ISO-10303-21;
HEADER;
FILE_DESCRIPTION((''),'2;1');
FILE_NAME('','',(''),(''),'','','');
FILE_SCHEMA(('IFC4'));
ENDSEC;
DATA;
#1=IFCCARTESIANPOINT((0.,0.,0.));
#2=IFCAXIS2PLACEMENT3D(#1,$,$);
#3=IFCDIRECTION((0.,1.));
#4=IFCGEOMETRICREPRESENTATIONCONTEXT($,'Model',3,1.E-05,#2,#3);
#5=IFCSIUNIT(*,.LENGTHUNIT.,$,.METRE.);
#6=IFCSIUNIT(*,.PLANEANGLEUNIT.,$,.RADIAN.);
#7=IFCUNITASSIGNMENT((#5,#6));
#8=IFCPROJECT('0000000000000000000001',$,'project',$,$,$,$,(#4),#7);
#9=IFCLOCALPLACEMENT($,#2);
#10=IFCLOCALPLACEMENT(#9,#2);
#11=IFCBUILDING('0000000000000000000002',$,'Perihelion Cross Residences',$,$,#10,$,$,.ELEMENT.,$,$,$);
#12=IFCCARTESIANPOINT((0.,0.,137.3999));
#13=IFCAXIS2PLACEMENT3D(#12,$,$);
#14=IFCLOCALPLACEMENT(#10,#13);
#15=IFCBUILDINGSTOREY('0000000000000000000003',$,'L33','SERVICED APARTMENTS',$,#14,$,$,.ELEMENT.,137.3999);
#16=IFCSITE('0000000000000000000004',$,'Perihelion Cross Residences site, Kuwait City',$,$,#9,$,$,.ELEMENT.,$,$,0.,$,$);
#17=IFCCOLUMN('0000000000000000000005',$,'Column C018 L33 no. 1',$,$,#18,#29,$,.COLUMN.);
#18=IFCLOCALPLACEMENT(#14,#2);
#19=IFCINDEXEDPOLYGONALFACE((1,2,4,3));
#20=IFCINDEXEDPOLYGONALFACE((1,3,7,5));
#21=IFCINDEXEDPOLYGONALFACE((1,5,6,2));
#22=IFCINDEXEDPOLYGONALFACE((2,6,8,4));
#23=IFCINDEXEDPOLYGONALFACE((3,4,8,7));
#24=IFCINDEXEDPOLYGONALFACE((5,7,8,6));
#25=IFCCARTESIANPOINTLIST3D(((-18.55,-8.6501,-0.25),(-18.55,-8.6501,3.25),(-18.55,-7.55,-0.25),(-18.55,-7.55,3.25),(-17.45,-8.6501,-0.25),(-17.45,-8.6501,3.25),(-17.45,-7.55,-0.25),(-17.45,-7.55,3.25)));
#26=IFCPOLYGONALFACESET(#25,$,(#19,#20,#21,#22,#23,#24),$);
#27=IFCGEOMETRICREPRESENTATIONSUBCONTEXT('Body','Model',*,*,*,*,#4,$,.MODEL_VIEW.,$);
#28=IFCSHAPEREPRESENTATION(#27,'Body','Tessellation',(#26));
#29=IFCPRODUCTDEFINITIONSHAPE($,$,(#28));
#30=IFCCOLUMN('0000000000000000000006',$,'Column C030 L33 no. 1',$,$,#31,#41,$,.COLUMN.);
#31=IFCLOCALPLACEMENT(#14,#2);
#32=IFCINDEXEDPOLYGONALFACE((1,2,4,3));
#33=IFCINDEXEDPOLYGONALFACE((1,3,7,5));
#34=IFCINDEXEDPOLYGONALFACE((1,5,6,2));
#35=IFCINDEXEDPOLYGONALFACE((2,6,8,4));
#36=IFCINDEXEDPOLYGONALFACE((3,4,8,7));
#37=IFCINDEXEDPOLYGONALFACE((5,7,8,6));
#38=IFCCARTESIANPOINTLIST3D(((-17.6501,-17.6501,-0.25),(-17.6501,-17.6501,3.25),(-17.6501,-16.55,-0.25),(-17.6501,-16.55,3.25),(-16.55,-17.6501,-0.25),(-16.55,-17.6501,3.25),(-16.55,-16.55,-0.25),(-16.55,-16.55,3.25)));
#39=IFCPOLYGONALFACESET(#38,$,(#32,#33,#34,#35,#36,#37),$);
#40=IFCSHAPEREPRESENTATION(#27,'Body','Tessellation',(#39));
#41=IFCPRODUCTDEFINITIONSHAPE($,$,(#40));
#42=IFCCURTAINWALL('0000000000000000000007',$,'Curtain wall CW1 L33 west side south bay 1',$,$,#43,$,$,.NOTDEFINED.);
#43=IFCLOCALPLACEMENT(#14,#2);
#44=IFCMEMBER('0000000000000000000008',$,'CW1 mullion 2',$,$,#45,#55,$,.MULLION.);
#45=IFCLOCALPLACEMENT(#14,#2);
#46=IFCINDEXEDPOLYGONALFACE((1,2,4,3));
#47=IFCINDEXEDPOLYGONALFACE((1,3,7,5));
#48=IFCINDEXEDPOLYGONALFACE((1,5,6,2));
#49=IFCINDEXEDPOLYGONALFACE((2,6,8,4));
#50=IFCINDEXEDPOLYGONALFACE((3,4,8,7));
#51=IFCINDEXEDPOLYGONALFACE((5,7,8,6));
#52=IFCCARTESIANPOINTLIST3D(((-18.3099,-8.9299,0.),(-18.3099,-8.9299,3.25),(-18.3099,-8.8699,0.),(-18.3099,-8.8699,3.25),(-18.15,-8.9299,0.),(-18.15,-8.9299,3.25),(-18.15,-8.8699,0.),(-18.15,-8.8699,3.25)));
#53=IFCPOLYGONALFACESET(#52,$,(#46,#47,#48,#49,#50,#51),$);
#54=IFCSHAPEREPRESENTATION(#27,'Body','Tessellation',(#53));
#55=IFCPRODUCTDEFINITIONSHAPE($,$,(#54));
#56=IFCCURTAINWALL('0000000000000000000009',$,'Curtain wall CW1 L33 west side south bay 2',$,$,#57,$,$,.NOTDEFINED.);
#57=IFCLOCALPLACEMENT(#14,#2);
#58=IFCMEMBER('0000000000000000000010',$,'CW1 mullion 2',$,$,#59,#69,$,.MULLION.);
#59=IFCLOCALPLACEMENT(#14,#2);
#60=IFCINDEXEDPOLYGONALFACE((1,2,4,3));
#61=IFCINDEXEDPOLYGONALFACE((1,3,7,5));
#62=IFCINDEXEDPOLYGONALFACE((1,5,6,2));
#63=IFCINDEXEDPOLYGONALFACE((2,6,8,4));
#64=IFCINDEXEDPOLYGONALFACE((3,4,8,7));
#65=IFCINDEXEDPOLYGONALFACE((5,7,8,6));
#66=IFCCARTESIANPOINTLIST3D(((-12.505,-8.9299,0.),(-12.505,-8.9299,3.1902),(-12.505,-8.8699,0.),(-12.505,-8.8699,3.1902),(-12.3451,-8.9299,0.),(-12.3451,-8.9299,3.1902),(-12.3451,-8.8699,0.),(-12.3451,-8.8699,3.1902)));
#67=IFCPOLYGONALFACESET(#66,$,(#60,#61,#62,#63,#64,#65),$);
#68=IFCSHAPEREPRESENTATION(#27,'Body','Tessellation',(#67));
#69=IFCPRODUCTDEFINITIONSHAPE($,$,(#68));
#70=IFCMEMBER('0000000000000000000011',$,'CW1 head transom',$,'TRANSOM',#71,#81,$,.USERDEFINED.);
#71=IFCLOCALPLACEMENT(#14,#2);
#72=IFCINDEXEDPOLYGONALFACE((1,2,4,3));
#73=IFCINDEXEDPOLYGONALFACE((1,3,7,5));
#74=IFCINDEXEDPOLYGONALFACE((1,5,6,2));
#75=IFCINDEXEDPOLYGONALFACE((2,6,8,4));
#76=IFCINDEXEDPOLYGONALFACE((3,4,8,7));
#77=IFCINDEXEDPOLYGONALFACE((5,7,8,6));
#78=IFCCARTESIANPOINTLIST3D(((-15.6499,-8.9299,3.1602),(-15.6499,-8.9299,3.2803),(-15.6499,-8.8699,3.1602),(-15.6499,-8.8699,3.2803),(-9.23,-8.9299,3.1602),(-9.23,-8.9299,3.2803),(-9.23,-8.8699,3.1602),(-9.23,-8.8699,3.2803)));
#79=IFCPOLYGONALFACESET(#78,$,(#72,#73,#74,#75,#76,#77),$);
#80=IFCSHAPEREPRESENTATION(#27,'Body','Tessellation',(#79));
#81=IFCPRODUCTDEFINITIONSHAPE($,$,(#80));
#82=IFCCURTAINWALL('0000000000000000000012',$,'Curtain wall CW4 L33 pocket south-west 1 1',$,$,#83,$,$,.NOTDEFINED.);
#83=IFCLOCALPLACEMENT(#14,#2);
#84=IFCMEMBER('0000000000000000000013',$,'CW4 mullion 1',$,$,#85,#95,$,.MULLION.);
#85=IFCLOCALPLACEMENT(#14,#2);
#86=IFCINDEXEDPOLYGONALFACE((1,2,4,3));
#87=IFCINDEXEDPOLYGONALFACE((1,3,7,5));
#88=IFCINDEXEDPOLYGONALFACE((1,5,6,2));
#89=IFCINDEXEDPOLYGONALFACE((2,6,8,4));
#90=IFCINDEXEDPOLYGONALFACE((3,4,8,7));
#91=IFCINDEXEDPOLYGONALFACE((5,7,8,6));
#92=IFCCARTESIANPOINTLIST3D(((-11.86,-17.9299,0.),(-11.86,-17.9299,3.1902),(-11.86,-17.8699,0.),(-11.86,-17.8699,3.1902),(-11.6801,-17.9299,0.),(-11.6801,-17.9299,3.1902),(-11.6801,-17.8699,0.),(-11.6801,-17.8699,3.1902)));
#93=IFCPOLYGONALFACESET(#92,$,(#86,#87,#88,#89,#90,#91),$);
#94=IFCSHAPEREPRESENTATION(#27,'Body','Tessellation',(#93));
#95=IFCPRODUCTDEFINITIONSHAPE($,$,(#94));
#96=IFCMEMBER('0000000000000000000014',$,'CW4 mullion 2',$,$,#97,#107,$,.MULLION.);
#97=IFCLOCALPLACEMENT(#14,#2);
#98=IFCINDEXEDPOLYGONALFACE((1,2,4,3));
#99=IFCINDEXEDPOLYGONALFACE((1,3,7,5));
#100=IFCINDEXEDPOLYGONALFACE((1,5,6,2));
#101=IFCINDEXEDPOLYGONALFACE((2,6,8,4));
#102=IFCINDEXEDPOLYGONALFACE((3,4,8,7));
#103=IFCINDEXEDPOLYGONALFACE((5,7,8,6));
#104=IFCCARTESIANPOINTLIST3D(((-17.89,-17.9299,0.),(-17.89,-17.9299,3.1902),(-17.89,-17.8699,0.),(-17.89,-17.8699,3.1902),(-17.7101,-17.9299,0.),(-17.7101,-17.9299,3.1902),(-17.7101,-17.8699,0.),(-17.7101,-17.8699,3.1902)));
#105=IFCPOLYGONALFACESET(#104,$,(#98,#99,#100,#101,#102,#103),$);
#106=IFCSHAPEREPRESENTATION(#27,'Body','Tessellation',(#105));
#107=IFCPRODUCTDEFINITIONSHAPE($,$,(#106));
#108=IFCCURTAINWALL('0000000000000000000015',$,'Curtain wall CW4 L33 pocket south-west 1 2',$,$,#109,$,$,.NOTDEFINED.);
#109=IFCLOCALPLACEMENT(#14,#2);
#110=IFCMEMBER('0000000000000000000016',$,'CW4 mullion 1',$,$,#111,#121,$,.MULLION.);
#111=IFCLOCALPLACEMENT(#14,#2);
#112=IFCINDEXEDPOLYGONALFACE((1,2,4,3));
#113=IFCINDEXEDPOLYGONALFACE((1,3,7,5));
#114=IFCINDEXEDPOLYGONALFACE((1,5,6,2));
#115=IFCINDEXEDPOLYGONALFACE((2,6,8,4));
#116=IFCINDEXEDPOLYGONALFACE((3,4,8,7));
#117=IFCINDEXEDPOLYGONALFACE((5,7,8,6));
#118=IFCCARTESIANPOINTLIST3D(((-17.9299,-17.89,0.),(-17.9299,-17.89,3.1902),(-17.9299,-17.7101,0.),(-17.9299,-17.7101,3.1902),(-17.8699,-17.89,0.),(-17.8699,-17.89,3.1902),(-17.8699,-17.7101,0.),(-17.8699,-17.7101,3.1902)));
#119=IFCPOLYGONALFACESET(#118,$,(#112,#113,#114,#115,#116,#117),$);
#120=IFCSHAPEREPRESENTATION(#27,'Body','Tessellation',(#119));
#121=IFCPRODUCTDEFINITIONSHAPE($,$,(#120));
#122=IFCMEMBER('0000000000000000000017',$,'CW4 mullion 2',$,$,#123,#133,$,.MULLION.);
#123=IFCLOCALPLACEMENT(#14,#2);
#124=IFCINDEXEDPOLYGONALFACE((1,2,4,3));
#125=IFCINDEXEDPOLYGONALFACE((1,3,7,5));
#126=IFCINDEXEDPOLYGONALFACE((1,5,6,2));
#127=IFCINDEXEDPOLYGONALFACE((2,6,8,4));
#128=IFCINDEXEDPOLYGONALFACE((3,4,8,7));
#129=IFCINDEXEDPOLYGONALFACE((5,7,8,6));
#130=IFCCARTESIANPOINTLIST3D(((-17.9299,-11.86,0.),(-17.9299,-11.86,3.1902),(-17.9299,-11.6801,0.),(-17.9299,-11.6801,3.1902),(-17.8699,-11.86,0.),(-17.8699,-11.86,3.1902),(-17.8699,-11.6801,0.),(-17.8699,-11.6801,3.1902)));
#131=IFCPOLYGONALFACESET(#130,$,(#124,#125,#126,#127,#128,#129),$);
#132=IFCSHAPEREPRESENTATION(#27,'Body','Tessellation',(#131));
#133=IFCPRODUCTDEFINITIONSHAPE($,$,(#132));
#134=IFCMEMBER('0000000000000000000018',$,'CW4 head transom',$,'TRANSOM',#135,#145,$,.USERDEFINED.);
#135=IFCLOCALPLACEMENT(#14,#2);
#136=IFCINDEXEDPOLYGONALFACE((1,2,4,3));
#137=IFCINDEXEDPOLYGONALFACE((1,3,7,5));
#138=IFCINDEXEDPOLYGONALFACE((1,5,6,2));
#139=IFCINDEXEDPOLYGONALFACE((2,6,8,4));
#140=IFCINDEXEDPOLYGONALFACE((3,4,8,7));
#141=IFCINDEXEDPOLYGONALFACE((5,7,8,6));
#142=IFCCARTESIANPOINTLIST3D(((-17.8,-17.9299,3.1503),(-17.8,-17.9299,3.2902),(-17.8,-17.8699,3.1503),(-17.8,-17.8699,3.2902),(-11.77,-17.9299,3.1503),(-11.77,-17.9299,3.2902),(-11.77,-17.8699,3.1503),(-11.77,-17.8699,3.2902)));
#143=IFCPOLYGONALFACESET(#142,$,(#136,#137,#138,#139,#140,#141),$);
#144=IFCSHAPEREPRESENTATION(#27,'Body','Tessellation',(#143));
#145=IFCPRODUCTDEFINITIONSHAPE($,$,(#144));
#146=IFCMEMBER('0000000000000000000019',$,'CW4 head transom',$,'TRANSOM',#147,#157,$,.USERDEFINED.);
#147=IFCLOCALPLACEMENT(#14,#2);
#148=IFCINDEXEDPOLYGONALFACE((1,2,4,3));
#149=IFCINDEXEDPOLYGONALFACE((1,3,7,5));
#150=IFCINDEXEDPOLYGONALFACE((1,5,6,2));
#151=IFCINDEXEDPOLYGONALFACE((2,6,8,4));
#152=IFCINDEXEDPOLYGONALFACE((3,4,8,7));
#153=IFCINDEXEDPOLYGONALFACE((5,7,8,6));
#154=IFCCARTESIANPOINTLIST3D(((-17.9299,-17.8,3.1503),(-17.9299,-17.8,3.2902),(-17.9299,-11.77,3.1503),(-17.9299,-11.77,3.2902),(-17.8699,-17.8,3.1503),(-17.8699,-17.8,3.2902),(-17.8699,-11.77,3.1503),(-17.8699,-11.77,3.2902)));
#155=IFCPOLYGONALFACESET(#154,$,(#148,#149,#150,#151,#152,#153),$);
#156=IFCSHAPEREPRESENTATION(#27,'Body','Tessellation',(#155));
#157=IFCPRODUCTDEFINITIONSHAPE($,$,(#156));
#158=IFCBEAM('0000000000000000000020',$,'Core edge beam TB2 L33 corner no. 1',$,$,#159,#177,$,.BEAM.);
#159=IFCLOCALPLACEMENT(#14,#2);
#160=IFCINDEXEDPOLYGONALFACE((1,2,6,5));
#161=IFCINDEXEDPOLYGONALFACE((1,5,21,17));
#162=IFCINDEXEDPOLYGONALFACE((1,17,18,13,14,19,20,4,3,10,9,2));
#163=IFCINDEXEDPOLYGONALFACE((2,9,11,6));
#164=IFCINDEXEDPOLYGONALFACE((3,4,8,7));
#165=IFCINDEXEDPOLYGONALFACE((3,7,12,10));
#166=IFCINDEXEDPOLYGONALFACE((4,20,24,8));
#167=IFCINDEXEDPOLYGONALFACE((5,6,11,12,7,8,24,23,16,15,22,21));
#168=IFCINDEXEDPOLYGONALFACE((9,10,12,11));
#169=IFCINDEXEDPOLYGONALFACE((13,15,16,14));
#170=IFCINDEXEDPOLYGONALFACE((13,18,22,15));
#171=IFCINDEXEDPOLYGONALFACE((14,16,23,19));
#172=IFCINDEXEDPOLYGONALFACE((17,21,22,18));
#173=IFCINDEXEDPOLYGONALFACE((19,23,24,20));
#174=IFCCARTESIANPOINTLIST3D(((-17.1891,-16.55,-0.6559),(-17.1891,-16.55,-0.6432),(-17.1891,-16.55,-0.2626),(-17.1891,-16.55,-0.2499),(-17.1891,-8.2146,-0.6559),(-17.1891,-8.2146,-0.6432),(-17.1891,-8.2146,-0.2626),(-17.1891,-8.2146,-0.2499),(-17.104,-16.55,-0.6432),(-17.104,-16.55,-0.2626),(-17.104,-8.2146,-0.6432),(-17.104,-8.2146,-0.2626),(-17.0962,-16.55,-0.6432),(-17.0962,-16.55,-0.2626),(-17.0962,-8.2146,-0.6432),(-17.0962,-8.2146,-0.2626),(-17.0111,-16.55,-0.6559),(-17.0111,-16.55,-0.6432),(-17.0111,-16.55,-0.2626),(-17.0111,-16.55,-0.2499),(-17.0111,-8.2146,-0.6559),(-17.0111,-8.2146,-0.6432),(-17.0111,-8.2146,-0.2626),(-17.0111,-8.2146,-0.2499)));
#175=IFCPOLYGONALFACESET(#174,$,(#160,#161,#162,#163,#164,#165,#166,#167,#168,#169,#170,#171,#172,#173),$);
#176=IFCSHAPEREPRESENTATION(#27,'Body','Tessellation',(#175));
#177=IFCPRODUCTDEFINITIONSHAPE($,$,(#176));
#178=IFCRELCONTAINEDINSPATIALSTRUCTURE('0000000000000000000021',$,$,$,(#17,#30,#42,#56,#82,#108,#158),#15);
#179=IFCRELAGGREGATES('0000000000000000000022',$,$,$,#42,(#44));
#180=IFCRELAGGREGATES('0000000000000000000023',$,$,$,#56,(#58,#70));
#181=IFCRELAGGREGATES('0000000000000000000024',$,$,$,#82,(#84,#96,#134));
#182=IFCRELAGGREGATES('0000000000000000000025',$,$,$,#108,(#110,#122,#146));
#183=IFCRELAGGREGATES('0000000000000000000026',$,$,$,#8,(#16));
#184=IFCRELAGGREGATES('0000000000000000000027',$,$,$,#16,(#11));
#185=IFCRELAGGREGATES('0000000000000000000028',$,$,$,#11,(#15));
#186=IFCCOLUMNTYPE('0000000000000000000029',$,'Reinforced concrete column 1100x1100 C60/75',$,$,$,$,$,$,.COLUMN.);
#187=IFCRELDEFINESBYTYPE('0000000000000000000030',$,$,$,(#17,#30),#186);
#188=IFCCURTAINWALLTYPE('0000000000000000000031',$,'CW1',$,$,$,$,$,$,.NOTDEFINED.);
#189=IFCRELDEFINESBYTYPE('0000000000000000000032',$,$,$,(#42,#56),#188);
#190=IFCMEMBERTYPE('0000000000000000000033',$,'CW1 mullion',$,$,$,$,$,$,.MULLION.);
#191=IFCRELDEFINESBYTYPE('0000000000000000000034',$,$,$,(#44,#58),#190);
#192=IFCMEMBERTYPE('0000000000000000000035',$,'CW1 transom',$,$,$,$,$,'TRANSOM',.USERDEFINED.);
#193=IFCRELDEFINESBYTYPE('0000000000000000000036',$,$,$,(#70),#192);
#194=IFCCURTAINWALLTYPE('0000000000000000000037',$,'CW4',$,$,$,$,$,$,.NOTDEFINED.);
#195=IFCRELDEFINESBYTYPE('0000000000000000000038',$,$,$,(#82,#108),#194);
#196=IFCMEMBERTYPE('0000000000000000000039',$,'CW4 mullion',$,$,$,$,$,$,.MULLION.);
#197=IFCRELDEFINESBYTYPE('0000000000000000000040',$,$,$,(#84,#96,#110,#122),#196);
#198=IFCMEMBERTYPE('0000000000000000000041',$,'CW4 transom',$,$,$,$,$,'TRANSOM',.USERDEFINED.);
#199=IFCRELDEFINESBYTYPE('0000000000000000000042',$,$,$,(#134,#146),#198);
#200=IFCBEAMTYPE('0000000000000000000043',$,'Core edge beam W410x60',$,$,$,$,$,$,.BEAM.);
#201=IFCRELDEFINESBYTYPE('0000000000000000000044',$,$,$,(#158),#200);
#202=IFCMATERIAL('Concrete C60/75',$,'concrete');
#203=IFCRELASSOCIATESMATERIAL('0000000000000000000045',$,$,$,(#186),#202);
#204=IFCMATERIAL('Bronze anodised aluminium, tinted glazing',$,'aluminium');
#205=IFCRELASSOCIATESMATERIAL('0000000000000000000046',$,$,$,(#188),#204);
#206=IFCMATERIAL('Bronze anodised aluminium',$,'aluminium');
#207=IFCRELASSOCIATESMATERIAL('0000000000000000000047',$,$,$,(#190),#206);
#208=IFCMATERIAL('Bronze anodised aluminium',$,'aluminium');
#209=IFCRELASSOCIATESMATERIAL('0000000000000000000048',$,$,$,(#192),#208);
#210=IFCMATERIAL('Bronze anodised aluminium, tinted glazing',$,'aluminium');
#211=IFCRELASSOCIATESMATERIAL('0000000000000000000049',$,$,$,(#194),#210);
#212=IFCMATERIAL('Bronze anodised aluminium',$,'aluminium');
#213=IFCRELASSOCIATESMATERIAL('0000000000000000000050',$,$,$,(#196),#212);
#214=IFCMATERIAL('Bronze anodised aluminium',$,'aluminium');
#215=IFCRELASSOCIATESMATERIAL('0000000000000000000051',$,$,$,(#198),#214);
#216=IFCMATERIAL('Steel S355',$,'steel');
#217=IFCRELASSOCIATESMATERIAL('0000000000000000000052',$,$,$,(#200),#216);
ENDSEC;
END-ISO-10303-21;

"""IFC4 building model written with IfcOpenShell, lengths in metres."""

from ifc_helpers import new_model, si_unit, direction, frame, origin, origin_2d, place, context, subcontext, project, spatial, rectangle, i_section, extrude, material, material_profile, profile_set, type_object, element, aggregate, save


model = new_model("IFC4")

# Units and contexts
model_context = context("Model", 3, precision=1e-05, world=origin(), true_north=direction((0.0, 1.0)))
body_context = subcontext(model_context, "Body", "Model", "MODEL_VIEW")
ifc_project = project(units=[si_unit("LENGTHUNIT", "METRE"), si_unit("PLANEANGLEUNIT", "RADIAN")], contexts=[model_context])

# Site, building, storey
site_placement = place(None, origin())
site = spatial("IfcSite", under=ifc_project, at=site_placement, Name="Perihelion Cross Residences site, Kuwait City", CompositionType="ELEMENT", RefElevation=0.0)
building_placement = place(site_placement, origin())
building = spatial("IfcBuilding", under=site, at=building_placement, Name="Perihelion Cross Residences", CompositionType="ELEMENT")
storey_placement = place(building_placement, frame((0.0, 0.0, 137.3999)))
storey = spatial("IfcBuildingStorey", under=building, at=storey_placement, Name="L33", Description="SERVICED APARTMENTS", CompositionType="ELEMENT", Elevation=137.3999)

# Columns
ifc_material_1 = material(Name="Concrete C60/75", Category="concrete")
ifc_material_profile_1 = material_profile(ifc_material_1, rectangle(XDim=1.1001, YDim=1.1001, at=origin_2d()), Name="RC 1100x1100")
ifc_profile_set_1 = profile_set([ifc_material_profile_1], Name="Concrete C60/75")
column_type = type_object("IfcColumnType", Name="Reinforced concrete column 1100x1100 C60/75", PredefinedType="COLUMN", material=ifc_profile_set_1)
for number, where, z_axis, x_axis, name in (
    (1, (-18.0, -8.1001, -0.25), (0.0, 0.0, 1.0), (1.0, 0.0, 0.0), "Column C018 L33 no. 1"),
    (2, (-17.1001, -17.1001, -0.25), (0.0, 0.0, 1.0), (1.0, 0.0, 0.0), "Column C030 L33 no. 1"),
):
    element("IfcColumn", number, at=place(storey_placement, frame(where, z_axis=z_axis, x_axis=x_axis)), inside=storey, type_object=column_type, Name=name, PredefinedType="COLUMN", context=body_context, shape_type="SweptSolid", body=[
        extrude(rectangle(XDim=1.1001, YDim=1.1001, at=origin_2d()), origin(), (0.0, 0.0, 1.0), 3.5),
    ])

# Curtain wall, member
ifc_material_2 = material(Name="Bronze anodised aluminium, tinted glazing", Category="aluminium")
curtain_wall_type_1 = type_object("IfcCurtainWallType", Name="CW1", PredefinedType="NOTDEFINED", material=ifc_material_2)
curtain_wall_1_placement = place(storey_placement, origin())
curtain_wall_1 = element("IfcCurtainWall", 3, at=curtain_wall_1_placement, inside=storey, type_object=curtain_wall_type_1, Name="Curtain wall CW1 L33 west side south bay 1", PredefinedType="NOTDEFINED")
ifc_material_3 = material(Name="Bronze anodised aluminium", Category="aluminium")
ifc_material_profile_2 = material_profile(ifc_material_3, rectangle(XDim=0.0601, YDim=0.1599, at=origin_2d()), Name="CW1 mullion")
ifc_profile_set_2 = profile_set([ifc_material_profile_2], Name="Bronze anodised aluminium")
member_type_1 = type_object("IfcMemberType", Name="CW1 mullion", PredefinedType="MULLION", material=ifc_profile_set_2)
member_1_placement = place(storey_placement, frame((-18.23, -8.8999, 0.0), z_axis=(0.0, 0.0, 1.0), x_axis=(0.0, 1.0, 0.0)))
member_1 = element("IfcMember", 4, at=member_1_placement, type_object=member_type_1, Name="CW1 mullion 2", PredefinedType="MULLION", context=body_context, shape_type="SweptSolid", body=[
    extrude(rectangle(XDim=0.0601, YDim=0.1599, at=origin_2d()), origin(), (0.0, 0.0, 1.0), 3.25),
])

# Curtain walls, members
curtain_wall_2_placement = place(storey_placement, origin())
curtain_wall_2 = element("IfcCurtainWall", 5, at=curtain_wall_2_placement, inside=storey, type_object=curtain_wall_type_1, Name="Curtain wall CW1 L33 west side south bay 2", PredefinedType="NOTDEFINED")
member_2_placement = place(storey_placement, frame((-12.425, -8.8999, 0.0), z_axis=(0.0, 0.0, 1.0), x_axis=(0.0, 1.0, 0.0)))
member_2 = element("IfcMember", 6, at=member_2_placement, type_object=member_type_1, Name="CW1 mullion 2", PredefinedType="MULLION", context=body_context, shape_type="SweptSolid", body=[
    extrude(rectangle(XDim=0.0601, YDim=0.1599, at=origin_2d()), origin(), (0.0, 0.0, 1.0), 3.1902),
])
ifc_material_4 = material(Name="Bronze anodised aluminium", Category="aluminium")
ifc_material_profile_3 = material_profile(ifc_material_4, rectangle(XDim=0.0601, YDim=0.1201, at=origin_2d()), Name="CW1 transom")
ifc_profile_set_3 = profile_set([ifc_material_profile_3], Name="Bronze anodised aluminium")
member_type_2 = type_object("IfcMemberType", Name="CW1 transom", ElementType="TRANSOM", PredefinedType="USERDEFINED", material=ifc_profile_set_3)
member_3_placement = place(storey_placement, frame((-15.6499, -8.8999, 3.2202), z_axis=(1.0, 0.0, 0.0), x_axis=(0.0, 1.0, 0.0)))
member_3 = element("IfcMember", 7, at=member_3_placement, type_object=member_type_2, Name="CW1 head transom", ObjectType="TRANSOM", PredefinedType="USERDEFINED", context=body_context, shape_type="SweptSolid", body=[
    extrude(rectangle(XDim=0.0601, YDim=0.1201, at=origin_2d()), origin(), (0.0, 0.0, 1.0), 6.4199),
])
ifc_material_5 = material(Name="Bronze anodised aluminium, tinted glazing", Category="aluminium")
curtain_wall_type_2 = type_object("IfcCurtainWallType", Name="CW4", PredefinedType="NOTDEFINED", material=ifc_material_5)
curtain_wall_3_placement = place(storey_placement, origin())
curtain_wall_3 = element("IfcCurtainWall", 8, at=curtain_wall_3_placement, inside=storey, type_object=curtain_wall_type_2, Name="Curtain wall CW4 L33 pocket south-west 1 1", PredefinedType="NOTDEFINED")
ifc_material_6 = material(Name="Bronze anodised aluminium", Category="aluminium")
ifc_material_profile_4 = material_profile(ifc_material_6, rectangle(XDim=0.0601, YDim=0.1799, at=origin_2d()), Name="CW4 mullion")
ifc_profile_set_4 = profile_set([ifc_material_profile_4], Name="Bronze anodised aluminium")
member_type_3 = type_object("IfcMemberType", Name="CW4 mullion", PredefinedType="MULLION", material=ifc_profile_set_4)
member_4_placement = place(storey_placement, frame((-11.77, -17.8999, 0.0), z_axis=(0.0, 0.0, 1.0), x_axis=(0.0, -1.0, 0.0)))
member_4 = element("IfcMember", 9, at=member_4_placement, type_object=member_type_3, Name="CW4 mullion 1", PredefinedType="MULLION", context=body_context, shape_type="SweptSolid", body=[
    extrude(rectangle(XDim=0.0601, YDim=0.1799, at=origin_2d()), origin(), (0.0, 0.0, 1.0), 3.1902),
])
member_5_placement = place(storey_placement, frame((-17.8, -17.8999, 0.0), z_axis=(0.0, 0.0, 1.0), x_axis=(0.0, -1.0, 0.0)))
member_5 = element("IfcMember", 10, at=member_5_placement, type_object=member_type_3, Name="CW4 mullion 2", PredefinedType="MULLION", context=body_context, shape_type="SweptSolid", body=[
    extrude(rectangle(XDim=0.0601, YDim=0.1799, at=origin_2d()), origin(), (0.0, 0.0, 1.0), 3.1902),
])
curtain_wall_4_placement = place(storey_placement, origin())
curtain_wall_4 = element("IfcCurtainWall", 11, at=curtain_wall_4_placement, inside=storey, type_object=curtain_wall_type_2, Name="Curtain wall CW4 L33 pocket south-west 1 2", PredefinedType="NOTDEFINED")
member_6_placement = place(storey_placement, frame((-17.8999, -17.8, 0.0), z_axis=(0.0, 0.0, 1.0), x_axis=(-1.0, 0.0, 0.0)))
member_6 = element("IfcMember", 12, at=member_6_placement, type_object=member_type_3, Name="CW4 mullion 1", PredefinedType="MULLION", context=body_context, shape_type="SweptSolid", body=[
    extrude(rectangle(XDim=0.0601, YDim=0.1799, at=origin_2d()), origin(), (0.0, 0.0, 1.0), 3.1902),
])
member_7_placement = place(storey_placement, frame((-17.8999, -11.77, 0.0), z_axis=(0.0, 0.0, 1.0), x_axis=(-1.0, 0.0, 0.0)))
member_7 = element("IfcMember", 13, at=member_7_placement, type_object=member_type_3, Name="CW4 mullion 2", PredefinedType="MULLION", context=body_context, shape_type="SweptSolid", body=[
    extrude(rectangle(XDim=0.0601, YDim=0.1799, at=origin_2d()), origin(), (0.0, 0.0, 1.0), 3.1902),
])

# Members
ifc_material_7 = material(Name="Bronze anodised aluminium", Category="aluminium")
ifc_material_profile_5 = material_profile(ifc_material_7, rectangle(XDim=0.0601, YDim=0.1399, at=origin_2d()), Name="CW4 transom")
ifc_profile_set_5 = profile_set([ifc_material_profile_5], Name="Bronze anodised aluminium")
member_type_4 = type_object("IfcMemberType", Name="CW4 transom", ElementType="TRANSOM", PredefinedType="USERDEFINED", material=ifc_profile_set_5)
member_8_placement = place(storey_placement, frame((-11.77, -17.8999, 3.2202), z_axis=(-1.0, 0.0, 0.0), x_axis=(0.0, -1.0, 0.0)))
member_8 = element("IfcMember", 14, at=member_8_placement, type_object=member_type_4, Name="CW4 head transom", ObjectType="TRANSOM", PredefinedType="USERDEFINED", context=body_context, shape_type="SweptSolid", body=[
    extrude(rectangle(XDim=0.0601, YDim=0.1399, at=origin_2d()), origin(), (0.0, 0.0, 1.0), 6.03),
])
member_9_placement = place(storey_placement, frame((-17.8999, -17.8, 3.2202), z_axis=(0.0, 1.0, 0.0), x_axis=(-1.0, 0.0, 0.0)))
member_9 = element("IfcMember", 15, at=member_9_placement, type_object=member_type_4, Name="CW4 head transom", ObjectType="TRANSOM", PredefinedType="USERDEFINED", context=body_context, shape_type="SweptSolid", body=[
    extrude(rectangle(XDim=0.0601, YDim=0.1399, at=origin_2d()), origin(), (0.0, 0.0, 1.0), 6.03),
])

# Beam
ifc_material_8 = material(Name="Steel S355", Category="steel")
ifc_material_profile_6 = material_profile(ifc_material_8, i_section(OverallWidth=0.178, OverallDepth=0.406, WebThickness=0.0078, FlangeThickness=0.0127, at=origin_2d()), Name="W410x60")
ifc_profile_set_6 = profile_set([ifc_material_profile_6], Name="Steel S355")
beam_type_1 = type_object("IfcBeamType", Name="Core edge beam W410x60", PredefinedType="BEAM", material=ifc_profile_set_6)
beam_1_placement = place(storey_placement, frame((-17.1001, -8.2146, -0.4529), z_axis=(0.0, -1.0, 0.0), x_axis=(1.0, 0.0, 0.0)))
element("IfcBeam", 16, at=beam_1_placement, inside=storey, type_object=beam_type_1, Name="Core edge beam TB2 L33 corner no. 1", PredefinedType="BEAM", context=body_context, shape_type="SweptSolid", body=[
    extrude(i_section(OverallWidth=0.178, OverallDepth=0.406, WebThickness=0.0078, FlangeThickness=0.0127, at=origin_2d()), origin(), (0.0, 0.0, 1.0), 8.3354),
])

aggregate(curtain_wall_1, [member_1])
aggregate(curtain_wall_2, [member_2, member_3])
aggregate(curtain_wall_3, [member_4, member_5, member_8])
aggregate(curtain_wall_4, [member_6, member_7, member_9])

save(model, "model.ifc")
